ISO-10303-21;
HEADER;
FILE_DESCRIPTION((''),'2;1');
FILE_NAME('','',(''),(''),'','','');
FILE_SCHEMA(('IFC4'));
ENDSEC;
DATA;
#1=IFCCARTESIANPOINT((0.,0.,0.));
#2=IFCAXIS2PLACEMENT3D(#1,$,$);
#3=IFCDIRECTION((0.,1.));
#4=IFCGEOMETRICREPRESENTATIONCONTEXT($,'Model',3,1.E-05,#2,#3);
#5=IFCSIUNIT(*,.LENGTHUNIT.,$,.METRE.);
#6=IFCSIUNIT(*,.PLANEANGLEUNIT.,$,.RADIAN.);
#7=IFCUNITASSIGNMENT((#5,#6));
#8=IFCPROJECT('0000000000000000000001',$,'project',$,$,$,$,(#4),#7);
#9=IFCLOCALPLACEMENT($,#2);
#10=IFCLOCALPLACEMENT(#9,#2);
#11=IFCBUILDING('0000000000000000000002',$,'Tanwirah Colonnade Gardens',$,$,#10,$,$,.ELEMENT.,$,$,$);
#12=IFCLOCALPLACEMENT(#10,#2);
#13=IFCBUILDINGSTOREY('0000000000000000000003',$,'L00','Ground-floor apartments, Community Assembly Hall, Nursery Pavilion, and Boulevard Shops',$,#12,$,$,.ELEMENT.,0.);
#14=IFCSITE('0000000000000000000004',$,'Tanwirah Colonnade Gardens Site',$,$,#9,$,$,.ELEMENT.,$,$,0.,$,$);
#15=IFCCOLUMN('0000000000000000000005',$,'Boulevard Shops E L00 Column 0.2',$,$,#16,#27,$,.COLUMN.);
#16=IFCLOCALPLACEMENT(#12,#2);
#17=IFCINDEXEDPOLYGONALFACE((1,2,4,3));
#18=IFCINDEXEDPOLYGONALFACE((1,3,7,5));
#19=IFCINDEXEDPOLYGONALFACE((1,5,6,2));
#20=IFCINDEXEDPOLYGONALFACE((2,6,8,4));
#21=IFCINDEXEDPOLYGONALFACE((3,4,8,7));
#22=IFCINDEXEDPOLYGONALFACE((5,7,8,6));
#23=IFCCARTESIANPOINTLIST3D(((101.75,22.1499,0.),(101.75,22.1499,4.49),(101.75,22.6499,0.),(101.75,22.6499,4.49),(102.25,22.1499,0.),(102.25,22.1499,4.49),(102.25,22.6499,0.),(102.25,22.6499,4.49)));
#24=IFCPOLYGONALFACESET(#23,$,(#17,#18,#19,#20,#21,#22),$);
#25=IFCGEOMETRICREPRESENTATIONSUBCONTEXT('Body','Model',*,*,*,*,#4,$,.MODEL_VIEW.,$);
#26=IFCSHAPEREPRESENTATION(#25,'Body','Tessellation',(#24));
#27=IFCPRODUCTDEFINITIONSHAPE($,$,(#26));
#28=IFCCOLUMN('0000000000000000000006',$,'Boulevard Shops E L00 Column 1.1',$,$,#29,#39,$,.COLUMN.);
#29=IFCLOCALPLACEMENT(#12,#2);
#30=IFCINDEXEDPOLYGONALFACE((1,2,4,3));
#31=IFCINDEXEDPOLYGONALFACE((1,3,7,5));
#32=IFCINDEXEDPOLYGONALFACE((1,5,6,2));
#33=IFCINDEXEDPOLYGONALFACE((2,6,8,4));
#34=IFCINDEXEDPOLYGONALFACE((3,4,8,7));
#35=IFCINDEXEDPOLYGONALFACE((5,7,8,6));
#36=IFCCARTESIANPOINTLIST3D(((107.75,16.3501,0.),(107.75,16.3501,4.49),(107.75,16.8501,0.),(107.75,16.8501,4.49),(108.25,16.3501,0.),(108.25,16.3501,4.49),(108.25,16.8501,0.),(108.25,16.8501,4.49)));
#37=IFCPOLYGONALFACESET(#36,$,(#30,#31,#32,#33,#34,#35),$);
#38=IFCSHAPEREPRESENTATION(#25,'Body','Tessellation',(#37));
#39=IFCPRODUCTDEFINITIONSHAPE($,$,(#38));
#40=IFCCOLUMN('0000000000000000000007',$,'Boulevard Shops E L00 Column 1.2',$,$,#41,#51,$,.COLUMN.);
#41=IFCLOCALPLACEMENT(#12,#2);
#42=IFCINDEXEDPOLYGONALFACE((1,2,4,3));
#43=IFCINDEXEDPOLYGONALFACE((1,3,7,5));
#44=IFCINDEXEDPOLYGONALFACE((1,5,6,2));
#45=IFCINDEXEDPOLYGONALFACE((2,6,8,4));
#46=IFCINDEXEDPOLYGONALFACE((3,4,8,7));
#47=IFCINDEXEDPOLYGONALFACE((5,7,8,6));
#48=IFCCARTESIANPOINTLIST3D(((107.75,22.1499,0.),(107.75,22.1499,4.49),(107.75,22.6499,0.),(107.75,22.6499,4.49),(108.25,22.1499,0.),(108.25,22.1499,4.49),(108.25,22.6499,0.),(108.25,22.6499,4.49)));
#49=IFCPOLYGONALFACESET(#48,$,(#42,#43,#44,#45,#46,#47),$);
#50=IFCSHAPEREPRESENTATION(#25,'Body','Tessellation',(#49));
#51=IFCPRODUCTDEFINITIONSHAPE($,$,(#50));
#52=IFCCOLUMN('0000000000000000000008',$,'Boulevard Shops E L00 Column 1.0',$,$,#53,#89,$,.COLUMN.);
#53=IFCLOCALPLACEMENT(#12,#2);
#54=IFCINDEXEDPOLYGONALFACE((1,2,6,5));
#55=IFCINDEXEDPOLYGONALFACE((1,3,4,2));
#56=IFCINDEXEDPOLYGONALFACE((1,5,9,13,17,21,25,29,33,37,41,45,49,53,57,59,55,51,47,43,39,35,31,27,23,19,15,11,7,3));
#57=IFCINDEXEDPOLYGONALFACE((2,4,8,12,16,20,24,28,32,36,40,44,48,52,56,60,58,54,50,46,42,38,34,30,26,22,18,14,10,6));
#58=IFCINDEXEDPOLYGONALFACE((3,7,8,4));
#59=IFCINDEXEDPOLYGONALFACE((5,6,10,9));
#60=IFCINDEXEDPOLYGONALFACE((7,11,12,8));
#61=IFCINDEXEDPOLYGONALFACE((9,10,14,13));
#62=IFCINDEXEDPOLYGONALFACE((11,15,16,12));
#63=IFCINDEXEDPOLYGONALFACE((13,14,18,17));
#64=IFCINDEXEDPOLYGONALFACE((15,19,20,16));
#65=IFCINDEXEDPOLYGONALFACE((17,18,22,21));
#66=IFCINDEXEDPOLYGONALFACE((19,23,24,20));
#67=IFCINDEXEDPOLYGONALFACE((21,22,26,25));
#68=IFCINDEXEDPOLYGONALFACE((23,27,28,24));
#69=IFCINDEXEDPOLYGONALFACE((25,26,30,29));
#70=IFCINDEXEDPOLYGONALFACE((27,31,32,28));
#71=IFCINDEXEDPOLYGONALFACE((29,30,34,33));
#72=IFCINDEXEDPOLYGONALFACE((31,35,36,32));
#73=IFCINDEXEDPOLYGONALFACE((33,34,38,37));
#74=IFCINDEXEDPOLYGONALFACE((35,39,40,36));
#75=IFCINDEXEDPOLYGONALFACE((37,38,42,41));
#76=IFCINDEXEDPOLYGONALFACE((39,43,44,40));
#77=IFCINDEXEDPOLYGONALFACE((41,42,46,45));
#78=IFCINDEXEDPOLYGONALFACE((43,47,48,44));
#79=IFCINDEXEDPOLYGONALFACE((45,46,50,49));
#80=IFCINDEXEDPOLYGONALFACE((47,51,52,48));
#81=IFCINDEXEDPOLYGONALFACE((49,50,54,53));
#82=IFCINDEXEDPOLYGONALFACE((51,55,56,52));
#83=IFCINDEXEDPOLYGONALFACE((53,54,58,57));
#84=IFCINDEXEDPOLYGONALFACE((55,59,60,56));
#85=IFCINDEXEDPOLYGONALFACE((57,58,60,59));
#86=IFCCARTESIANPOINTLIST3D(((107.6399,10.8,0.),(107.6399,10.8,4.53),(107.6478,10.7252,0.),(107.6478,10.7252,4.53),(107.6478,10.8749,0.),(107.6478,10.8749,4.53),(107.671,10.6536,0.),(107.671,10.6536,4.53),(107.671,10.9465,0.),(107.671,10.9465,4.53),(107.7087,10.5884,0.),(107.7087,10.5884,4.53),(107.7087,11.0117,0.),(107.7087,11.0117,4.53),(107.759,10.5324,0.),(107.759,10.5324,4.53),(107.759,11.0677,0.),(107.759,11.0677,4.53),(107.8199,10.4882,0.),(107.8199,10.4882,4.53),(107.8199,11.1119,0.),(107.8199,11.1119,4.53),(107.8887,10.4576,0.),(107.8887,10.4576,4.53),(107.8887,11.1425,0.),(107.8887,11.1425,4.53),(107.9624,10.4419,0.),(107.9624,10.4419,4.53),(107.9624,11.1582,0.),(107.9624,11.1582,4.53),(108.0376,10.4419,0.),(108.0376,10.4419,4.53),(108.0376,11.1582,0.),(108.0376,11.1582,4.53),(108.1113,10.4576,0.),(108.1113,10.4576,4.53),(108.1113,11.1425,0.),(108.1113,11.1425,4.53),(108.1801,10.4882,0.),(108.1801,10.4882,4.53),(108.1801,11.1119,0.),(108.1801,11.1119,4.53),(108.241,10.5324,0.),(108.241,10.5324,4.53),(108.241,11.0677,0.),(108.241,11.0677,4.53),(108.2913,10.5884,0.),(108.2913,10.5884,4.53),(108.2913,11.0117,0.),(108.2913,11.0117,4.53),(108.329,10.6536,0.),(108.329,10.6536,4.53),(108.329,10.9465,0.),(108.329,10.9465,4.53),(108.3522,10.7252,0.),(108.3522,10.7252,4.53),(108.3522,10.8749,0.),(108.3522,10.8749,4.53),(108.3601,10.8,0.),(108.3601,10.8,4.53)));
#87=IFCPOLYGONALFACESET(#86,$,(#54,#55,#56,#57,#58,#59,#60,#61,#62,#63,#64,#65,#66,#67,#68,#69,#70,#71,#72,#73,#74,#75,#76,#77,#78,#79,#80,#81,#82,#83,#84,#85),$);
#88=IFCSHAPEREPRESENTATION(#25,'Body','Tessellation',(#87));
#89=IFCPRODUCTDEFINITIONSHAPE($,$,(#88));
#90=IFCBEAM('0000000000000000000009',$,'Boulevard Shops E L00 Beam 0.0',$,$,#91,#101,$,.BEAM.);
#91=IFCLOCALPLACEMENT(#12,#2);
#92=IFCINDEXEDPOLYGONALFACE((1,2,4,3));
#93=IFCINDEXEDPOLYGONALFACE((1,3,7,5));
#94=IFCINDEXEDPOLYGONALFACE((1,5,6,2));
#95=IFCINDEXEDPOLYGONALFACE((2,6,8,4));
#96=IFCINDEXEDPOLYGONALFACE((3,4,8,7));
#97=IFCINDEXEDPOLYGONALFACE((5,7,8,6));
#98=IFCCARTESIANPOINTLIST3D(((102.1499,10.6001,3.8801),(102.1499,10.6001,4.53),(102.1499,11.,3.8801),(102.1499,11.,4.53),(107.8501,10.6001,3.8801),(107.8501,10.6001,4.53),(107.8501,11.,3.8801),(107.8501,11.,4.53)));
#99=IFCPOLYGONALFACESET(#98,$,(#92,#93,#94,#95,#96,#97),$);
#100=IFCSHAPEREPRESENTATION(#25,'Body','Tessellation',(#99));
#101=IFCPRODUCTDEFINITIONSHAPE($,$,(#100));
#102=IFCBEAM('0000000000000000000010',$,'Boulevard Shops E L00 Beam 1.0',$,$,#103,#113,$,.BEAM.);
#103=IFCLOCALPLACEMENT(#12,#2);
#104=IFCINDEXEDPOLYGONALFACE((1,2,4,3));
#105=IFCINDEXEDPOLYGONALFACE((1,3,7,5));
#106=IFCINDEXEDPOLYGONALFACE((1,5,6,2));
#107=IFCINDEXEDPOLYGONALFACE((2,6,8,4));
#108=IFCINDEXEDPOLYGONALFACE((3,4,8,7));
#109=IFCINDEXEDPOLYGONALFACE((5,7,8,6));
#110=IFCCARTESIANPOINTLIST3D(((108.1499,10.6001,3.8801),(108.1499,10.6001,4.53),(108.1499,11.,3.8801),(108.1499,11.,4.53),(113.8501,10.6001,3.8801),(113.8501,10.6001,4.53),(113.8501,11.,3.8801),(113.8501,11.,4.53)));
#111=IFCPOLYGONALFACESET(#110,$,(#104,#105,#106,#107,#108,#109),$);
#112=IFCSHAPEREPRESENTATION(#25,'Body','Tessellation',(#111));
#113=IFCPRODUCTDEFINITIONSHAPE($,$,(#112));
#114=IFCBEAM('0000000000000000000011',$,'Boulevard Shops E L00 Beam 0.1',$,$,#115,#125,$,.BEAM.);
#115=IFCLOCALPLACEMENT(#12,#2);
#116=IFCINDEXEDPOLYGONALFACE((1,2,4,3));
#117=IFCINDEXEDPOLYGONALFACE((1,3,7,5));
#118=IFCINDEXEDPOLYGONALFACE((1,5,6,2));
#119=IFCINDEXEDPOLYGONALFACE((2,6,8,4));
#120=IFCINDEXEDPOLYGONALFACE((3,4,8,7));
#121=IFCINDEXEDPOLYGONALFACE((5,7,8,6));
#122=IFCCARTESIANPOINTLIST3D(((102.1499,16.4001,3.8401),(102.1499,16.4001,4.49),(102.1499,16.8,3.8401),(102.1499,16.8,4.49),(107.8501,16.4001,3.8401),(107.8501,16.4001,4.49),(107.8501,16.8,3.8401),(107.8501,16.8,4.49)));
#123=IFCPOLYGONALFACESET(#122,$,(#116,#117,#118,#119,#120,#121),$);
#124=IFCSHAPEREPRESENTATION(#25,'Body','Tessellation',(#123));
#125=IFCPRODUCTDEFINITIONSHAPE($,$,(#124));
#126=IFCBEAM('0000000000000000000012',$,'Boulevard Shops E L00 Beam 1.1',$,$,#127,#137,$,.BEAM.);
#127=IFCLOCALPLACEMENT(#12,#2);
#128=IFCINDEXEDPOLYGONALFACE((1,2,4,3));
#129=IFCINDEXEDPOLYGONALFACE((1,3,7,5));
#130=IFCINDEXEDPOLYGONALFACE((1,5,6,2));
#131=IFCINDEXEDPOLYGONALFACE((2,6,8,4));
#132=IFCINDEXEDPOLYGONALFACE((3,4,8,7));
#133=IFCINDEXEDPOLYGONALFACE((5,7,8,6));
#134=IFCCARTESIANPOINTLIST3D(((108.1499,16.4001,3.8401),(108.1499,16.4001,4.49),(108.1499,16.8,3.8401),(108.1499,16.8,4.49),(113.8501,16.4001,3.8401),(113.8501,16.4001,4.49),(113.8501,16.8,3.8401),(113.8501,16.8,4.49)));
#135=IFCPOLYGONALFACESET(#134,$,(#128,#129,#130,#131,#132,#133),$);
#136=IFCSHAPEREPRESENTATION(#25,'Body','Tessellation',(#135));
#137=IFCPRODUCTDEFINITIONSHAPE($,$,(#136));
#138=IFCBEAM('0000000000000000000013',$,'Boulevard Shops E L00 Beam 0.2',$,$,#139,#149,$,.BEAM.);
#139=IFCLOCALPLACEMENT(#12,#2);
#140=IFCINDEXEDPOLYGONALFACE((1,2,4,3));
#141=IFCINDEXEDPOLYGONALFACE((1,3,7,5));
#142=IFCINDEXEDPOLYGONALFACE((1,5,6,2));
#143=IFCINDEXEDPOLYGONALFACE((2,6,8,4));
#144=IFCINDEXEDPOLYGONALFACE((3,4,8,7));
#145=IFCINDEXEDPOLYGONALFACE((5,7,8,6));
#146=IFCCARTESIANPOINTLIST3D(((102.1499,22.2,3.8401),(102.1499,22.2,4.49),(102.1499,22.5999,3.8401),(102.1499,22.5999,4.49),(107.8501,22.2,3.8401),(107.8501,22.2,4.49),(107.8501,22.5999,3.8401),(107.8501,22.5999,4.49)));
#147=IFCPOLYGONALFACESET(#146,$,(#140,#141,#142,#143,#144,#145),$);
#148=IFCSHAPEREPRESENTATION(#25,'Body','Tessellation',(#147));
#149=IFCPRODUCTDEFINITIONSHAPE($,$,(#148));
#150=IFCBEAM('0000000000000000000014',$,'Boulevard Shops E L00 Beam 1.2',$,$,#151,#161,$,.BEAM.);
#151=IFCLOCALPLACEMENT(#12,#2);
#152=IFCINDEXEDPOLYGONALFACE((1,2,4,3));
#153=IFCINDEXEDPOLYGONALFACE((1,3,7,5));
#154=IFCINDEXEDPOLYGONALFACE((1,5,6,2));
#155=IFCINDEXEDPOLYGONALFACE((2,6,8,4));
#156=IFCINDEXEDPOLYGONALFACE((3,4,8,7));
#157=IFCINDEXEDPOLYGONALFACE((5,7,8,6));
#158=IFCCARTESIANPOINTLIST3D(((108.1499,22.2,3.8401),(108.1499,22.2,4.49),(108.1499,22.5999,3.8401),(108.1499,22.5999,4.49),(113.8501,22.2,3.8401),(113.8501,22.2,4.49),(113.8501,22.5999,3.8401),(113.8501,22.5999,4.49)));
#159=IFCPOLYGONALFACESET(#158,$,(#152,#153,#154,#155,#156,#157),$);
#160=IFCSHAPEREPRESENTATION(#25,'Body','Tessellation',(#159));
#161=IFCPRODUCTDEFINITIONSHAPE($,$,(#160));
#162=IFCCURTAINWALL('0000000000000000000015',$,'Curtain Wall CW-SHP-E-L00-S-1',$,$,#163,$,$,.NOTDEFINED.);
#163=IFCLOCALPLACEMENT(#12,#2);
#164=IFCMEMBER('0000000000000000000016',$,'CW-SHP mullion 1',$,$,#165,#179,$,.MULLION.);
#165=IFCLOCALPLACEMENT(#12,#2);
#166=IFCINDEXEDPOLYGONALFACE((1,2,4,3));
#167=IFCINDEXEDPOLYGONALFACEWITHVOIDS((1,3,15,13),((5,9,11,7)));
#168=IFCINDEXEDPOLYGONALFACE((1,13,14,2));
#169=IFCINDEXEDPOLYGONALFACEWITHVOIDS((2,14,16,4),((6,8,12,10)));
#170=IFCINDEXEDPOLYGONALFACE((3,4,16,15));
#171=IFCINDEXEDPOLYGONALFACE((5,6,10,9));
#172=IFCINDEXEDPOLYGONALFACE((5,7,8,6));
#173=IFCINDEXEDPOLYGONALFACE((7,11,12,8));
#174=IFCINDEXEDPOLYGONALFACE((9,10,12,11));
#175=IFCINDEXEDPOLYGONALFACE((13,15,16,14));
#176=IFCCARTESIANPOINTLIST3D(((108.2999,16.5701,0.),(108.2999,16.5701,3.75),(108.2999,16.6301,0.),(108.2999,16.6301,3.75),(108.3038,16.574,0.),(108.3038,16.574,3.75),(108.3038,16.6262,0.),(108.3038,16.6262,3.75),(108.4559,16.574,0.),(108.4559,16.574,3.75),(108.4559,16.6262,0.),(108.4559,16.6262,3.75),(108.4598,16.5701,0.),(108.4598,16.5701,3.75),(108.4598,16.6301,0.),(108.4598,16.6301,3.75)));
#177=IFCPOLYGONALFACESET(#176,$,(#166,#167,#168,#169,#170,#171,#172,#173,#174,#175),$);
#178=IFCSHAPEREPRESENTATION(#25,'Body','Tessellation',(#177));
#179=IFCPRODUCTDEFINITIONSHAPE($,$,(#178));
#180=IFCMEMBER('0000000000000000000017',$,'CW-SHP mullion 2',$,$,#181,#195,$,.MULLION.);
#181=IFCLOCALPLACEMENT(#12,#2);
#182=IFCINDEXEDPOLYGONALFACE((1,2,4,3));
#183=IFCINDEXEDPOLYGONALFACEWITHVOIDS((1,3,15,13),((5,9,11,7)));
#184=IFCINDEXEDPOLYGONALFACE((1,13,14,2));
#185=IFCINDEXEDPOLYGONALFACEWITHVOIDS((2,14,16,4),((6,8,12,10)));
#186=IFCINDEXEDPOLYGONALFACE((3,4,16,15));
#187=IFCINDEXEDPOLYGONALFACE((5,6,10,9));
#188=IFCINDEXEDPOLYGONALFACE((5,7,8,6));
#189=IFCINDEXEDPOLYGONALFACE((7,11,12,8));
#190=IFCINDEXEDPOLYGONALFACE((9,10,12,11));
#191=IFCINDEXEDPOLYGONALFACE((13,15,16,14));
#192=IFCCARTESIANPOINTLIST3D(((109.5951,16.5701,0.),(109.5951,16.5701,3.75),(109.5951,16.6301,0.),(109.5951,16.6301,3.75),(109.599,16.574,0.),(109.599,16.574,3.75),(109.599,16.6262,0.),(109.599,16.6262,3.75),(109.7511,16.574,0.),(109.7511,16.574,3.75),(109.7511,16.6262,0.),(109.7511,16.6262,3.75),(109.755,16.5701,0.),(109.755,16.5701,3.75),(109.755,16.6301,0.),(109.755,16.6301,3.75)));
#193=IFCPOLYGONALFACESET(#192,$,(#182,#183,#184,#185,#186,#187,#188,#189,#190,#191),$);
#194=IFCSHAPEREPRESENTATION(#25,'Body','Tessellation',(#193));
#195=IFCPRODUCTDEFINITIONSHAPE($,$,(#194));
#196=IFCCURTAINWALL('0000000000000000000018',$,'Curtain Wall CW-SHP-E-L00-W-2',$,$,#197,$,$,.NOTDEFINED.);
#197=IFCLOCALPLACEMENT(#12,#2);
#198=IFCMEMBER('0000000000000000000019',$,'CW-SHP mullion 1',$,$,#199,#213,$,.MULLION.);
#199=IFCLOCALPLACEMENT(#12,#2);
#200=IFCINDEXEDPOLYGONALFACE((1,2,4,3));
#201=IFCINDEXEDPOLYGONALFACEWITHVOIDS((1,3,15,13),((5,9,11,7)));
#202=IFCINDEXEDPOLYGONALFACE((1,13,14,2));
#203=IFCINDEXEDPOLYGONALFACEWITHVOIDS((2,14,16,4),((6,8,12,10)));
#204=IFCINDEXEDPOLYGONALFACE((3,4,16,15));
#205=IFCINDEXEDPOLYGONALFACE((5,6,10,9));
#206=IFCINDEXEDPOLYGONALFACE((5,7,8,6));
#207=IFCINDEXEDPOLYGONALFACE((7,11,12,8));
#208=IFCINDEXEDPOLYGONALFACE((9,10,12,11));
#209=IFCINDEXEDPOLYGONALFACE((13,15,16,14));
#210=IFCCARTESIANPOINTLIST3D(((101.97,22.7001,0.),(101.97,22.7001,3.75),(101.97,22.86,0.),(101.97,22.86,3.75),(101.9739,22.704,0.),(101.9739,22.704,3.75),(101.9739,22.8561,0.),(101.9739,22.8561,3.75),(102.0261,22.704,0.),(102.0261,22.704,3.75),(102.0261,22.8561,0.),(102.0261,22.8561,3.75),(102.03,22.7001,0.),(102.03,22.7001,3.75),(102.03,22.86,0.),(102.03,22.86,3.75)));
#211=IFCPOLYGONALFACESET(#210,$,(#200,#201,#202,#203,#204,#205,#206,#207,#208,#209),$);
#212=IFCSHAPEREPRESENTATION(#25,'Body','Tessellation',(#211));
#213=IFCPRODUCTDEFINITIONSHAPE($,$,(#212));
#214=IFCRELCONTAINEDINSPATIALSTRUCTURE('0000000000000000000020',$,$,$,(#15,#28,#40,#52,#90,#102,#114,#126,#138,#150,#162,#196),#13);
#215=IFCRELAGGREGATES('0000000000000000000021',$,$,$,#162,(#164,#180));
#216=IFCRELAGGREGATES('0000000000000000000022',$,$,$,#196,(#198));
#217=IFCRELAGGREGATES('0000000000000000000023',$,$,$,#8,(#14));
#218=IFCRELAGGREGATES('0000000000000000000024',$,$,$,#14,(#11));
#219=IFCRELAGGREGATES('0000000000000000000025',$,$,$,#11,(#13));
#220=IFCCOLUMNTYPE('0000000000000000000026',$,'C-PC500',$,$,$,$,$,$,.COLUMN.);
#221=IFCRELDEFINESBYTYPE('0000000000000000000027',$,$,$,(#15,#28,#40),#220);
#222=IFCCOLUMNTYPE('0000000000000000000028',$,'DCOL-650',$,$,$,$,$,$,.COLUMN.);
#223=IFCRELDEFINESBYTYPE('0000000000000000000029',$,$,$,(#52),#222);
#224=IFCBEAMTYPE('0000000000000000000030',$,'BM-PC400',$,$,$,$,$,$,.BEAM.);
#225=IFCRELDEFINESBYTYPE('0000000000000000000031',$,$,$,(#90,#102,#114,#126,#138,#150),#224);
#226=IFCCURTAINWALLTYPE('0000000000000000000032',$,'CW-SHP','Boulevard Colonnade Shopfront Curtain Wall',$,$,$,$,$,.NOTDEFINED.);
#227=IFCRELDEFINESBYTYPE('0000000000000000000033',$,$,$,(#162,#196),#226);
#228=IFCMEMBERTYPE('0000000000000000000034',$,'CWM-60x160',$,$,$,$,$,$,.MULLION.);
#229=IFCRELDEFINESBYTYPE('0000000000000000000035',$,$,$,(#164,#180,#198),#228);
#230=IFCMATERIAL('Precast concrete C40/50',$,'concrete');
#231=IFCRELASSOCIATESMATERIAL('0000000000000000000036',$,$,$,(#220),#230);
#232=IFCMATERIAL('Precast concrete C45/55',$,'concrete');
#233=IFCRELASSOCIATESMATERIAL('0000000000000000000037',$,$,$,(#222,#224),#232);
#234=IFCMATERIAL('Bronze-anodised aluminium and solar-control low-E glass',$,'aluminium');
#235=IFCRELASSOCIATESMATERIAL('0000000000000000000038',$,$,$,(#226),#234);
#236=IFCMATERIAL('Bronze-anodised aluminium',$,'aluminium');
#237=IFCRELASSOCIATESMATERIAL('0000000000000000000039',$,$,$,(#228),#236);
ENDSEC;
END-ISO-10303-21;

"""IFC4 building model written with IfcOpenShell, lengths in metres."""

from ifc_helpers import new_model, si_unit, direction, frame, origin, origin_2d, place, context, subcontext, project, spatial, rectangle, hollow_rectangle, circle, extrude, material, material_profile, profile_set, type_object, element, aggregate, save


model = new_model("IFC4")

# Units and contexts
model_context = context("Model", 3, precision=1e-05, world=origin(), true_north=direction((0.0, 1.0)))
body_context = subcontext(model_context, "Body", "Model", "MODEL_VIEW")
ifc_project = project(units=[si_unit("LENGTHUNIT", "METRE"), si_unit("PLANEANGLEUNIT", "RADIAN")], contexts=[model_context])

# Site, building, storey
site_placement = place(None, origin())
site = spatial("IfcSite", under=ifc_project, at=site_placement, Name="Tanwirah Colonnade Gardens Site", CompositionType="ELEMENT", RefElevation=0.0)
building_placement = place(site_placement, origin())
building = spatial("IfcBuilding", under=site, at=building_placement, Name="Tanwirah Colonnade Gardens", CompositionType="ELEMENT")
storey_placement = place(building_placement, origin())
storey = spatial("IfcBuildingStorey", under=building, at=storey_placement, Name="L00", Description="Ground-floor apartments, Community Assembly Hall, Nursery Pavilion, and Boulevard Shops", CompositionType="ELEMENT", Elevation=0.0)

# Columns
ifc_material_1 = material(Name="Precast concrete C40/50", Category="concrete")
ifc_material_profile_1 = material_profile(ifc_material_1, rectangle(XDim=0.5, YDim=0.5, at=origin_2d()), Name="PC-COL 500x500")
ifc_profile_set_1 = profile_set([ifc_material_profile_1], Name="Precast concrete C40/50")
column_type_1 = type_object("IfcColumnType", Name="C-PC500", PredefinedType="COLUMN", material=ifc_profile_set_1)
for number, where, z_axis, x_axis, name in (
    (1, (102.0, 22.3999, 0.0), (0.0, 0.0, 1.0), (1.0, 0.0, 0.0), "Boulevard Shops E L00 Column 0.2"),
    (2, (108.0, 16.6001, 0.0), (0.0, 0.0, 1.0), (1.0, 0.0, 0.0), "Boulevard Shops E L00 Column 1.1"),
    (3, (108.0, 22.3999, 0.0), (0.0, 0.0, 1.0), (1.0, 0.0, 0.0), "Boulevard Shops E L00 Column 1.2"),
):
    element("IfcColumn", number, at=place(storey_placement, frame(where, z_axis=z_axis, x_axis=x_axis)), inside=storey, type_object=column_type_1, Name=name, PredefinedType="COLUMN", context=body_context, shape_type="SweptSolid", body=[
        extrude(rectangle(XDim=0.5, YDim=0.5, at=origin_2d()), origin(), (0.0, 0.0, 1.0), 4.49),
    ])
ifc_material_2 = material(Name="Precast concrete C45/55", Category="concrete")
ifc_material_profile_2 = material_profile(ifc_material_2, circle(Radius=0.3601, at=origin_2d()), Name="PC-DCOL D720")
ifc_profile_set_2 = profile_set([ifc_material_profile_2], Name="Precast concrete C45/55")
column_type_2 = type_object("IfcColumnType", Name="DCOL-650", PredefinedType="COLUMN", material=ifc_profile_set_2)
column_placement = place(storey_placement, frame((108.0, 10.8, 0.0), z_axis=(0.0, 0.0, 1.0), x_axis=(1.0, 0.0, 0.0)))
element("IfcColumn", 4, at=column_placement, inside=storey, type_object=column_type_2, Name="Boulevard Shops E L00 Column 1.0", PredefinedType="COLUMN", context=body_context, shape_type="SweptSolid", body=[
    extrude(circle(Radius=0.3601, at=origin_2d()), origin(), (0.0, 0.0, 1.0), 4.53),
])

# Beams
ifc_material_profile_3 = material_profile(ifc_material_2, rectangle(XDim=0.3999, YDim=0.6499, at=origin_2d()), Name="PC-BM 400x650")
ifc_profile_set_3 = profile_set([ifc_material_profile_3], Name="Precast concrete C45/55")
beam_type = type_object("IfcBeamType", Name="BM-PC400", PredefinedType="BEAM", material=ifc_profile_set_3)
for number, where, z_axis, x_axis, name in (
    (5, (102.1499, 10.8, 4.2051), (1.0, 0.0, 0.0), (0.0, 1.0, 0.0), "Boulevard Shops E L00 Beam 0.0"),
    (6, (108.1499, 10.8, 4.2051), (1.0, 0.0, 0.0), (0.0, 1.0, 0.0), "Boulevard Shops E L00 Beam 1.0"),
    (7, (102.1499, 16.6001, 4.165), (1.0, 0.0, 0.0), (0.0, 1.0, 0.0), "Boulevard Shops E L00 Beam 0.1"),
    (8, (108.1499, 16.6001, 4.165), (1.0, 0.0, 0.0), (0.0, 1.0, 0.0), "Boulevard Shops E L00 Beam 1.1"),
    (9, (102.1499, 22.3999, 4.165), (1.0, 0.0, 0.0), (0.0, 1.0, 0.0), "Boulevard Shops E L00 Beam 0.2"),
    (10, (108.1499, 22.3999, 4.165), (1.0, 0.0, 0.0), (0.0, 1.0, 0.0), "Boulevard Shops E L00 Beam 1.2"),
):
    element("IfcBeam", number, at=place(storey_placement, frame(where, z_axis=z_axis, x_axis=x_axis)), inside=storey, type_object=beam_type, Name=name, PredefinedType="BEAM", context=body_context, shape_type="SweptSolid", body=[
        extrude(rectangle(XDim=0.3999, YDim=0.6499, at=origin_2d()), origin(), (0.0, 0.0, 1.0), 5.7002),
    ])

# Curtain walls, members
ifc_material_3 = material(Name="Bronze-anodised aluminium and solar-control low-E glass", Category="aluminium")
curtain_wall_type = type_object("IfcCurtainWallType", Name="CW-SHP", Description="Boulevard Colonnade Shopfront Curtain Wall", PredefinedType="NOTDEFINED", material=ifc_material_3)
curtain_wall_1_placement = place(storey_placement, origin())
curtain_wall_1 = element("IfcCurtainWall", 11, at=curtain_wall_1_placement, inside=storey, type_object=curtain_wall_type, Name="Curtain Wall CW-SHP-E-L00-S-1", PredefinedType="NOTDEFINED")
ifc_material_4 = material(Name="Bronze-anodised aluminium", Category="aluminium")
ifc_material_profile_4 = material_profile(ifc_material_4, hollow_rectangle(XDim=0.0601, YDim=0.1599, WallThickness=0.0039, at=origin_2d()), Name="CW-MUL 60x160x4")
ifc_profile_set_4 = profile_set([ifc_material_profile_4], Name="Bronze-anodised aluminium")
member_type_1 = type_object("IfcMemberType", Name="CWM-60x160", PredefinedType="MULLION", material=ifc_profile_set_4)
member_1_placement = place(storey_placement, frame((108.3799, 16.6001, 0.0), z_axis=(0.0, 0.0, 1.0), x_axis=(0.0, 1.0, 0.0)))
member_1 = element("IfcMember", 12, at=member_1_placement, type_object=member_type_1, Name="CW-SHP mullion 1", PredefinedType="MULLION", context=body_context, shape_type="SweptSolid", body=[
    extrude(hollow_rectangle(XDim=0.0601, YDim=0.1599, WallThickness=0.0039, at=origin_2d()), origin(), (0.0, 0.0, 1.0), 3.75),
])
member_2_placement = place(storey_placement, frame((109.675, 16.6001, 0.0), z_axis=(0.0, 0.0, 1.0), x_axis=(0.0, 1.0, 0.0)))
member_2 = element("IfcMember", 13, at=member_2_placement, type_object=member_type_1, Name="CW-SHP mullion 2", PredefinedType="MULLION", context=body_context, shape_type="SweptSolid", body=[
    extrude(hollow_rectangle(XDim=0.0601, YDim=0.1599, WallThickness=0.0039, at=origin_2d()), origin(), (0.0, 0.0, 1.0), 3.75),
])
curtain_wall_2_placement = place(storey_placement, origin())
curtain_wall_2 = element("IfcCurtainWall", 14, at=curtain_wall_2_placement, inside=storey, type_object=curtain_wall_type, Name="Curtain Wall CW-SHP-E-L00-W-2", PredefinedType="NOTDEFINED")
member_3_placement = place(storey_placement, frame((102.0, 22.78, 0.0), z_axis=(0.0, 0.0, 1.0), x_axis=(-1.0, 0.0, 0.0)))
member_3 = element("IfcMember", 15, at=member_3_placement, type_object=member_type_1, Name="CW-SHP mullion 1", PredefinedType="MULLION", context=body_context, shape_type="SweptSolid", body=[
    extrude(hollow_rectangle(XDim=0.0601, YDim=0.1599, WallThickness=0.0039, at=origin_2d()), origin(), (0.0, 0.0, 1.0), 3.75),
])

aggregate(curtain_wall_1, [member_1, member_2])
aggregate(curtain_wall_2, [member_3])

save(model, "model.ifc")
